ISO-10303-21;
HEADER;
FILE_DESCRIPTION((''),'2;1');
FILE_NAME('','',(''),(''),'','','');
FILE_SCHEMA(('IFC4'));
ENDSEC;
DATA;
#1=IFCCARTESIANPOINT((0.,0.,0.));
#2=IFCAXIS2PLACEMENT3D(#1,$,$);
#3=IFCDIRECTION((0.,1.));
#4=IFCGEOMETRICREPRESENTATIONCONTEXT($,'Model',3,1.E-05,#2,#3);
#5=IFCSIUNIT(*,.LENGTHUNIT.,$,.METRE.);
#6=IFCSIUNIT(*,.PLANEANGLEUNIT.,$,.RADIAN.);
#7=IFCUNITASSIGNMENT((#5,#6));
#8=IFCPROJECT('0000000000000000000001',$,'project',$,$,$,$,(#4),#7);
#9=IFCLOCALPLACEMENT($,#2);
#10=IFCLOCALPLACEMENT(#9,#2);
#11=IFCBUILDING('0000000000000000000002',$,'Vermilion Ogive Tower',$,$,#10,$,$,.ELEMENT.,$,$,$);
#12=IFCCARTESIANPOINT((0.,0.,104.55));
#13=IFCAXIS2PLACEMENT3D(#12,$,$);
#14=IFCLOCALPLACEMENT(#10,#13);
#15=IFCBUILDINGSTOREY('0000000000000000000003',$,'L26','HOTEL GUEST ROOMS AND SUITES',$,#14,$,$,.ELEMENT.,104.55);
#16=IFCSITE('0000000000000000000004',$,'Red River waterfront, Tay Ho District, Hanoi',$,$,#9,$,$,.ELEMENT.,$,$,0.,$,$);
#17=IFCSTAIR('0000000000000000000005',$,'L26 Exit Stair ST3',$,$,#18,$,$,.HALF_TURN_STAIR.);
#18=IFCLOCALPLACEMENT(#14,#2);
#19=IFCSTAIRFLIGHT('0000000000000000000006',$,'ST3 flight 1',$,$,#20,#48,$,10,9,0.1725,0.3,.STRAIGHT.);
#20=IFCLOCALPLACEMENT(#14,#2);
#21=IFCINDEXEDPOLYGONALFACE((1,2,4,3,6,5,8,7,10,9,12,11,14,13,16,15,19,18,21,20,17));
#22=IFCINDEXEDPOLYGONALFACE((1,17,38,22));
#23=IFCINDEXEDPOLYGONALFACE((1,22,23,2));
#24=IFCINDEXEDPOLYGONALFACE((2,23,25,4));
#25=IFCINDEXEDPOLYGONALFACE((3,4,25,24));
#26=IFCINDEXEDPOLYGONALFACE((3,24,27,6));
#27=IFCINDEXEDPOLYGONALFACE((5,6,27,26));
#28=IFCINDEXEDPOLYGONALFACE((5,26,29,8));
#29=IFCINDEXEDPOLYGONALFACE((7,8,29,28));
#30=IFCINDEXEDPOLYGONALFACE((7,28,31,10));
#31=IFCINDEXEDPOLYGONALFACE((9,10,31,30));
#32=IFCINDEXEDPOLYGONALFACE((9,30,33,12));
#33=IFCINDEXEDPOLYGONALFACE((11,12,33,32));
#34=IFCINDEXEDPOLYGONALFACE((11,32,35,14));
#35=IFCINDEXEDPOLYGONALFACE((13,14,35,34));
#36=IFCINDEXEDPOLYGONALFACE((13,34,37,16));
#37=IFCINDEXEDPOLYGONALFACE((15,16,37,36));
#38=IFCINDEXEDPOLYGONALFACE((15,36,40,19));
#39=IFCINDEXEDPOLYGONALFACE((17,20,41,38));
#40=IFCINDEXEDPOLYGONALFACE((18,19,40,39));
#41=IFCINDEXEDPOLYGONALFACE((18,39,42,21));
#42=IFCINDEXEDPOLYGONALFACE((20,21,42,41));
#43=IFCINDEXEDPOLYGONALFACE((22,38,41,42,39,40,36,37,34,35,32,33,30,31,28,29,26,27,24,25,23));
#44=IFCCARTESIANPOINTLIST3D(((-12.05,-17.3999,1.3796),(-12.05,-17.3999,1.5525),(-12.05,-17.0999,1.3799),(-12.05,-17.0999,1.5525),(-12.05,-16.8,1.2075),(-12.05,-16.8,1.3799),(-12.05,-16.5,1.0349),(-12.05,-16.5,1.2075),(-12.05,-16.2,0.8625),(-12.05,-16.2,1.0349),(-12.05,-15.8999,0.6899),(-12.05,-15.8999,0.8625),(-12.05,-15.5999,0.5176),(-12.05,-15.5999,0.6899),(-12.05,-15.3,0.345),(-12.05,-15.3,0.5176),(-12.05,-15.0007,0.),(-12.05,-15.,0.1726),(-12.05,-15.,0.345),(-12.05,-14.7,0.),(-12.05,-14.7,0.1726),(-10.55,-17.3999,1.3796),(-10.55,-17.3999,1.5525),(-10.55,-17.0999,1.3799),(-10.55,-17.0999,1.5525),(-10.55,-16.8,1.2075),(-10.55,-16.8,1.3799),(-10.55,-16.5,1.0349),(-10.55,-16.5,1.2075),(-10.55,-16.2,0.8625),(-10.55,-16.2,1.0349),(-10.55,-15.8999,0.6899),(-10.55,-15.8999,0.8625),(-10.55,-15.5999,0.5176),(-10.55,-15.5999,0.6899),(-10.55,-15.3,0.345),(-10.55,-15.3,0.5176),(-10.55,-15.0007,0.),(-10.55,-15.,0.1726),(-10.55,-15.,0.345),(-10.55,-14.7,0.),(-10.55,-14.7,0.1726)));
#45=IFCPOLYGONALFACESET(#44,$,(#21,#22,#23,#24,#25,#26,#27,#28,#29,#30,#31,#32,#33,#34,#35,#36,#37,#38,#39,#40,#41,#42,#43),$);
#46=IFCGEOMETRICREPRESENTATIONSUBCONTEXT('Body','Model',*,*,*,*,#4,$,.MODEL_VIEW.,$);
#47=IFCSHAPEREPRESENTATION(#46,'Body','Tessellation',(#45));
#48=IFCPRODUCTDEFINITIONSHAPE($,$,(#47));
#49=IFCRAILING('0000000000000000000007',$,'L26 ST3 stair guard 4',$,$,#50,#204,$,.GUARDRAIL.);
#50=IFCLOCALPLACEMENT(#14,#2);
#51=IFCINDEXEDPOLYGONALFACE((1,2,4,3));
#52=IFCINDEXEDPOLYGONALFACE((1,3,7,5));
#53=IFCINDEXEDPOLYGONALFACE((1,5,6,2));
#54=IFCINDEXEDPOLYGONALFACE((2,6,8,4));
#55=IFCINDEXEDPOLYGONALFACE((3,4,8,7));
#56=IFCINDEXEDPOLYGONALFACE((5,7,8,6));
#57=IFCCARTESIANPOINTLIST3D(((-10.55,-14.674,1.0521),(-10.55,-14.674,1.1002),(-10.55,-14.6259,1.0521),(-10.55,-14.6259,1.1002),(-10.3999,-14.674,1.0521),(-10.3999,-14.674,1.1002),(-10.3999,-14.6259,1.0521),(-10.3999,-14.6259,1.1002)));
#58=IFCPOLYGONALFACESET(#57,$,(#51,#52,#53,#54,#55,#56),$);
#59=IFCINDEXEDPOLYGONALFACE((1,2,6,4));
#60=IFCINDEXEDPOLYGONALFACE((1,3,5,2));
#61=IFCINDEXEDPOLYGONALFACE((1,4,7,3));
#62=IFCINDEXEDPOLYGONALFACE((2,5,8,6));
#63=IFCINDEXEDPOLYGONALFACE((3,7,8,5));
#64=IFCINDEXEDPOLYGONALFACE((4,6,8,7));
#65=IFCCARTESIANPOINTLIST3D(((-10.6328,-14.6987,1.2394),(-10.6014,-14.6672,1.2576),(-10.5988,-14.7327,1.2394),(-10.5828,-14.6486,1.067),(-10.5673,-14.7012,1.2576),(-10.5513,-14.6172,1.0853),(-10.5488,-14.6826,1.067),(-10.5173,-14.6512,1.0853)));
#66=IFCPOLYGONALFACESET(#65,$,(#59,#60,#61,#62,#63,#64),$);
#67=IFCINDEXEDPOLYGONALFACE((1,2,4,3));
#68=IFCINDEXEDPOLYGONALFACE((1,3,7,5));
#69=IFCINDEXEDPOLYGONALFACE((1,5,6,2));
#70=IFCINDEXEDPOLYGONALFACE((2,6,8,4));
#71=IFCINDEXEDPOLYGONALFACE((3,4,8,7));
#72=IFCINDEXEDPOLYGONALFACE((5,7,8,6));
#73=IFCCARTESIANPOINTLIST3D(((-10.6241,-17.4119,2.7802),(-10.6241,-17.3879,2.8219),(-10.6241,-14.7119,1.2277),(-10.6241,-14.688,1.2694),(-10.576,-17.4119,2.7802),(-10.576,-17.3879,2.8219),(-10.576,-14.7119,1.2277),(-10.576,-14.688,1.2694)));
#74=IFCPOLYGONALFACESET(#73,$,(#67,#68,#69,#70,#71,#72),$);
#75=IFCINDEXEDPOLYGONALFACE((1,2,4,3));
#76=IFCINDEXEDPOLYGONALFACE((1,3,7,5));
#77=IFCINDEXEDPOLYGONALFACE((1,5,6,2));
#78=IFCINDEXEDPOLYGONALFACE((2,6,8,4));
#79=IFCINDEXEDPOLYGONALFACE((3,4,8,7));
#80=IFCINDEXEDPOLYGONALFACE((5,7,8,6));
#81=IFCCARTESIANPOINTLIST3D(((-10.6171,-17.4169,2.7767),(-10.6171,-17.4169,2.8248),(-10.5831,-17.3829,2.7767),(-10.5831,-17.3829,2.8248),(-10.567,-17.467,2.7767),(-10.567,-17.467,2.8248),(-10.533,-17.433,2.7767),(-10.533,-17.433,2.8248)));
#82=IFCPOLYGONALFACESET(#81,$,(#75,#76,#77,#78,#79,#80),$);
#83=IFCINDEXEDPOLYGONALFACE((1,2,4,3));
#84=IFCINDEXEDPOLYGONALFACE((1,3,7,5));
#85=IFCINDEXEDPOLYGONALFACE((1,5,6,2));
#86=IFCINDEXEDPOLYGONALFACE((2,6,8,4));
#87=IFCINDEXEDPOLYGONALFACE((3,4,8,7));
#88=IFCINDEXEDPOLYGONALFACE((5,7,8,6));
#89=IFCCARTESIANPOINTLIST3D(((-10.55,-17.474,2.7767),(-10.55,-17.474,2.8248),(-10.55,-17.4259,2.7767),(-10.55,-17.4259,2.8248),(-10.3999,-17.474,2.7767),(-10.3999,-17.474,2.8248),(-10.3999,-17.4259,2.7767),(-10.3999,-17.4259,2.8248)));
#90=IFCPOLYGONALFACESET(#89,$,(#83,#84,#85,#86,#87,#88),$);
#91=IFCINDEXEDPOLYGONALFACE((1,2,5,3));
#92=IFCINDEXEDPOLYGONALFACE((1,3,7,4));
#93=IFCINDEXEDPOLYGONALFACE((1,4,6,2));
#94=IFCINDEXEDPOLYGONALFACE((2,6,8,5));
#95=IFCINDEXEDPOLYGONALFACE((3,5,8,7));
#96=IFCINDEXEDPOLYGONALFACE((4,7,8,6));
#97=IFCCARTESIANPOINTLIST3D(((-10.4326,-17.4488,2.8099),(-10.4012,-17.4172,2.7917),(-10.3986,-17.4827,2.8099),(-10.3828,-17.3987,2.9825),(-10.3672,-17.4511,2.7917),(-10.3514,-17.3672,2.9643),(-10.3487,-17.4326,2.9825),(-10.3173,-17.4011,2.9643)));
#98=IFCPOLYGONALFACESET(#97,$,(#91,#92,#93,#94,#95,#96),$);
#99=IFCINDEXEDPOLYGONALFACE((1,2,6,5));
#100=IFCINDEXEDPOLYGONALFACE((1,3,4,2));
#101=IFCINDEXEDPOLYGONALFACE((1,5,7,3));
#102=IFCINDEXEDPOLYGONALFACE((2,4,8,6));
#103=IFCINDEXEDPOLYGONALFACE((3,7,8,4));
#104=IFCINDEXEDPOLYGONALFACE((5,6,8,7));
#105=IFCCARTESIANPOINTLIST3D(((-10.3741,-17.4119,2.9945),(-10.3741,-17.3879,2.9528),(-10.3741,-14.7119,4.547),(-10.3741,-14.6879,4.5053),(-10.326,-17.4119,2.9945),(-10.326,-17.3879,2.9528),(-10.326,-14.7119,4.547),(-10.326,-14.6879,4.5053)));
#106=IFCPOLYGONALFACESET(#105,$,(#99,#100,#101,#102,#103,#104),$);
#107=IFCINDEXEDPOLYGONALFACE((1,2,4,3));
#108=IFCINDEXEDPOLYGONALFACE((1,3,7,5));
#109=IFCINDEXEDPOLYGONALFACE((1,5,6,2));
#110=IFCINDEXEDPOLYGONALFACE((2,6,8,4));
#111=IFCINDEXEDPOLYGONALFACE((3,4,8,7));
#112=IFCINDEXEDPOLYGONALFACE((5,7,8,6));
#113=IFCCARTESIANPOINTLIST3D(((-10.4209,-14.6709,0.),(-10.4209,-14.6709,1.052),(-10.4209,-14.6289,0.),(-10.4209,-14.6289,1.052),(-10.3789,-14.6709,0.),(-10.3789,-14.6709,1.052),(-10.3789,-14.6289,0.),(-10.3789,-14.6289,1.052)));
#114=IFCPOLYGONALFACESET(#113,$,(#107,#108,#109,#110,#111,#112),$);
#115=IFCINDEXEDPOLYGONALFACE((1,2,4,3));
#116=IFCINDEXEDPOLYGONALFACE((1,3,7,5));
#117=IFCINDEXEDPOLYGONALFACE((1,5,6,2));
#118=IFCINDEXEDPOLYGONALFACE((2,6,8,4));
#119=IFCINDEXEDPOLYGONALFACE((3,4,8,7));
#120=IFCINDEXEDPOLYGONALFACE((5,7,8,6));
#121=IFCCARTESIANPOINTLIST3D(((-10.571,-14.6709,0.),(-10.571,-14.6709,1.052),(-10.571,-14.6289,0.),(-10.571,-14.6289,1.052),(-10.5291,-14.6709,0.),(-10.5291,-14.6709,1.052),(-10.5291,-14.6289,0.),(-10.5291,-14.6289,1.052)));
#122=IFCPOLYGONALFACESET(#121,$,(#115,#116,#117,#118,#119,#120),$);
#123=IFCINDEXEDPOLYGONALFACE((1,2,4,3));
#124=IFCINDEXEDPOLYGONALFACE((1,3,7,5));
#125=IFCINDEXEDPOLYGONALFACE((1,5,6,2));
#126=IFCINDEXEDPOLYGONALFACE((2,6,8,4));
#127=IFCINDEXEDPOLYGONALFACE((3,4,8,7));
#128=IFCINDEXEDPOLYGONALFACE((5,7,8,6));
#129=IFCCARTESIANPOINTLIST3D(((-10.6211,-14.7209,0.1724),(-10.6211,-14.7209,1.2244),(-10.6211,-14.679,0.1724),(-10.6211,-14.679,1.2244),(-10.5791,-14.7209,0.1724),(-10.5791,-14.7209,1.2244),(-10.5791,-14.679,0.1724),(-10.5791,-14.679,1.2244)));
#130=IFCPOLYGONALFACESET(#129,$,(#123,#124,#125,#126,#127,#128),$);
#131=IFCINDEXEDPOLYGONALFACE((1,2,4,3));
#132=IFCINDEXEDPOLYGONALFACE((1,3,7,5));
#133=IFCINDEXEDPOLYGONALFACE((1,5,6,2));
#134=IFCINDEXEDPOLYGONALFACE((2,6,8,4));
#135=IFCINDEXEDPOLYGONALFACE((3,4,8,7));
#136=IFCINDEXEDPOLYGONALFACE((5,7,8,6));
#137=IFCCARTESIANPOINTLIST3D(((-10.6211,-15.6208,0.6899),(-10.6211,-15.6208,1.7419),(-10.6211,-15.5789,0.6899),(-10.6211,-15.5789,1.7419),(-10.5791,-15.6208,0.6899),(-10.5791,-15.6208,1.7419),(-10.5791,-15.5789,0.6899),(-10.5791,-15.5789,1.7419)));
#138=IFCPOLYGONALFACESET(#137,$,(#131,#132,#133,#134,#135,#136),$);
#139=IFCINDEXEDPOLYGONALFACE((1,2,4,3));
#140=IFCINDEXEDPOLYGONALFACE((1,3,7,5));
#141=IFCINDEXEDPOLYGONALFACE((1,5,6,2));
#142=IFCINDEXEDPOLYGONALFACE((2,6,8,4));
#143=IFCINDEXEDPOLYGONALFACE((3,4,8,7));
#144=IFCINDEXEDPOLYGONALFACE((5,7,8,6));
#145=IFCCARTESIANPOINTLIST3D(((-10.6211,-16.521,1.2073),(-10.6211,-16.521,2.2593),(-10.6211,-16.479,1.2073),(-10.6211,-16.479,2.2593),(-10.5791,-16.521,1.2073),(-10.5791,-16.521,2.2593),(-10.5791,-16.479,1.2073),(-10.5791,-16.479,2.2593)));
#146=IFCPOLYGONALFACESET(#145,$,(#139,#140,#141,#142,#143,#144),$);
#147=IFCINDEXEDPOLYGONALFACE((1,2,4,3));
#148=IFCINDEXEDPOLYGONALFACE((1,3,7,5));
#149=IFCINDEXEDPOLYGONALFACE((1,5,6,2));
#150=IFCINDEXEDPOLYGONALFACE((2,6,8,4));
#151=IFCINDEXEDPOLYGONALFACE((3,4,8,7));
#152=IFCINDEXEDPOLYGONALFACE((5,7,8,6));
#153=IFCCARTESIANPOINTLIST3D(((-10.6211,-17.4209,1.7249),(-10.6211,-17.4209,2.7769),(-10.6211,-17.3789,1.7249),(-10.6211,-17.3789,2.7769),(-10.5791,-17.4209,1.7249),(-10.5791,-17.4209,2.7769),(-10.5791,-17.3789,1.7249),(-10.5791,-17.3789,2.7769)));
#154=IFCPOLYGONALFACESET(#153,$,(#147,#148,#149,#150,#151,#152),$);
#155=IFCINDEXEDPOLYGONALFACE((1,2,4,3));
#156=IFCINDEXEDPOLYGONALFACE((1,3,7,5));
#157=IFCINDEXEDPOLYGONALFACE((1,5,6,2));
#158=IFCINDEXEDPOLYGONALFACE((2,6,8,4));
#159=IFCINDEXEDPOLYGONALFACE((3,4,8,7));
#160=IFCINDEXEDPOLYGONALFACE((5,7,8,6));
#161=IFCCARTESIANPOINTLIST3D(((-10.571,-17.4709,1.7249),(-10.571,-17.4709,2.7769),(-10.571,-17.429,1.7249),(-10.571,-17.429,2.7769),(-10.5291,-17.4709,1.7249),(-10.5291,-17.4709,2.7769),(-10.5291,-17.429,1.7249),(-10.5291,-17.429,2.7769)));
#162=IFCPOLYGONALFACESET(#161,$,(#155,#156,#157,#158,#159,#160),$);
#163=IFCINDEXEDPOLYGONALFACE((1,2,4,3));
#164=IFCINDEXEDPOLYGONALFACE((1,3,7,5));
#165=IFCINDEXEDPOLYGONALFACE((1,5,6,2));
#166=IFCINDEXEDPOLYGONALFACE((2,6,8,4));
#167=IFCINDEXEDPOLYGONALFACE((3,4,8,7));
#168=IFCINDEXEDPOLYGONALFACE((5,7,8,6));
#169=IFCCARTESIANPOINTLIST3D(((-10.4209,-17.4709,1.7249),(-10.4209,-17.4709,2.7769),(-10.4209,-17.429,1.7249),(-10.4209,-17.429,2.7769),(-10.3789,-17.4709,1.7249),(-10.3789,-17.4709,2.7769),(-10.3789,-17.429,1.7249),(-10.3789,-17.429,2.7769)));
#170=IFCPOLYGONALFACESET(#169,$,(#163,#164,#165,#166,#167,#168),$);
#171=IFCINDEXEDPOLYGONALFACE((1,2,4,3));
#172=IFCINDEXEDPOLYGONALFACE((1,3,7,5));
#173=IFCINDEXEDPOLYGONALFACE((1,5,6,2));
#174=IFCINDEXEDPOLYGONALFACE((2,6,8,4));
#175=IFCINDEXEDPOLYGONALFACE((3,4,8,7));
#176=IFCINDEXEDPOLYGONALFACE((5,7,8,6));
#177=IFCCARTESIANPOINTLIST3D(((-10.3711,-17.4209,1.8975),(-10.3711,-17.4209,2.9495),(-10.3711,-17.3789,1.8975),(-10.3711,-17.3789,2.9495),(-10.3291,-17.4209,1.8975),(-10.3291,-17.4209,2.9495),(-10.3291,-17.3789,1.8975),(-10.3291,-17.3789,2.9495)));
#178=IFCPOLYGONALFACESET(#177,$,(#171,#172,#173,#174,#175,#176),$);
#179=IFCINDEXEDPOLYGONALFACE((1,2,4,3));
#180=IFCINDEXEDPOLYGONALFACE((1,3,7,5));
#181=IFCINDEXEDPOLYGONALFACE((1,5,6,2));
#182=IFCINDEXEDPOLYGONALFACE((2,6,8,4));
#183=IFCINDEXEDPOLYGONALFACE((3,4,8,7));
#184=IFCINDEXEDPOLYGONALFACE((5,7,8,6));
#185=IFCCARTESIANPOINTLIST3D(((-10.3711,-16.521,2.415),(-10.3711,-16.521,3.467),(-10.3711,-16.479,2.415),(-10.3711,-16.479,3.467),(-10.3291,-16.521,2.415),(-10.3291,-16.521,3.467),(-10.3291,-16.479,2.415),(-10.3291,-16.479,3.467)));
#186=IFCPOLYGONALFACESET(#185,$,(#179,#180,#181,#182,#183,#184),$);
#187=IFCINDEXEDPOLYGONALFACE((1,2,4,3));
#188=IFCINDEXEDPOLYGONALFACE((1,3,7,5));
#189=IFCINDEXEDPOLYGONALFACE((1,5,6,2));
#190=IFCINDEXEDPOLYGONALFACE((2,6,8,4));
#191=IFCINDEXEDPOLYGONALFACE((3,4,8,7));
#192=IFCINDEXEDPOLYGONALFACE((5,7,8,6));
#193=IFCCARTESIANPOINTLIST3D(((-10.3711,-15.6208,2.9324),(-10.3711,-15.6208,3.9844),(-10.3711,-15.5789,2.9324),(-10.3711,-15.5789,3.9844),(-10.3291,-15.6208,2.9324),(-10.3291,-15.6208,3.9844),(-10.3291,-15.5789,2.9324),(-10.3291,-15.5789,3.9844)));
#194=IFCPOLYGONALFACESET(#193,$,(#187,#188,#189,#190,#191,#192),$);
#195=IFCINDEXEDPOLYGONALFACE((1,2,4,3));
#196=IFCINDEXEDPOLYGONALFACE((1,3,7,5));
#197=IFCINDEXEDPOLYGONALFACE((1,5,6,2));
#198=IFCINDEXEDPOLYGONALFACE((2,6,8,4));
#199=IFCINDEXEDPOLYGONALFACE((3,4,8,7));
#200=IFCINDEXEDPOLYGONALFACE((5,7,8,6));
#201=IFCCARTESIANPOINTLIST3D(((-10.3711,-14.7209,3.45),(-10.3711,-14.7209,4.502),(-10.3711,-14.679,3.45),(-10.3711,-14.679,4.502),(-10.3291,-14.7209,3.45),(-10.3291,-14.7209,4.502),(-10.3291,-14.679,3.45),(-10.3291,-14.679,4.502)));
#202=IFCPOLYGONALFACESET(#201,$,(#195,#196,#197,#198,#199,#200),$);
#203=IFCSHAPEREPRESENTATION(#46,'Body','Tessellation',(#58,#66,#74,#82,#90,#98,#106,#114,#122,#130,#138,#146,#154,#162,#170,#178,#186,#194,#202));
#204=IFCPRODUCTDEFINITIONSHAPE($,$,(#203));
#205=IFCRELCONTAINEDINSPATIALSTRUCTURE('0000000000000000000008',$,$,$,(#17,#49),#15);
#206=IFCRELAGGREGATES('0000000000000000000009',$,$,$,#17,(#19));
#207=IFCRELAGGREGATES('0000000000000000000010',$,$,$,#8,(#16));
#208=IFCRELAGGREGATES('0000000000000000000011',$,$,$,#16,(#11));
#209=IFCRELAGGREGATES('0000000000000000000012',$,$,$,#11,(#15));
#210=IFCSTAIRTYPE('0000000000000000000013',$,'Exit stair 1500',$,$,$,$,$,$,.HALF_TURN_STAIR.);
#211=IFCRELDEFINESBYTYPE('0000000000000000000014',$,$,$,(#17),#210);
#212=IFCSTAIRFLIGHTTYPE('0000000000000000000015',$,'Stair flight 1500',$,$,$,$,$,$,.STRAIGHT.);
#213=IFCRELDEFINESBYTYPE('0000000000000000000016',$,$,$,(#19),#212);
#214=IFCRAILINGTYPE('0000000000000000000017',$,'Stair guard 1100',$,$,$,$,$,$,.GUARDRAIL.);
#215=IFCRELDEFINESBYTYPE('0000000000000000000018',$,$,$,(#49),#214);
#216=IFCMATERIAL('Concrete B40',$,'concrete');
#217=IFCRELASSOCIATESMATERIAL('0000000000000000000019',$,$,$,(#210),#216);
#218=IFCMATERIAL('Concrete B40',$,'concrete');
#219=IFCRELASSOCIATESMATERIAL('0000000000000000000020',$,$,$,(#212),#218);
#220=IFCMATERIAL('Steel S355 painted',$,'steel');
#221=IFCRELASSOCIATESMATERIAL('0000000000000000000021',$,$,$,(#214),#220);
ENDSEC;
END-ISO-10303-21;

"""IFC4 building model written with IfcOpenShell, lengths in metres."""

from ifc_helpers import new_model, si_unit, direction, frame, origin, origin_2d, place, context, subcontext, project, spatial, polyline, rectangle, outline, extrude, material, type_object, element, aggregate, save


model = new_model("IFC4")

# Units and contexts
model_context = context("Model", 3, precision=1e-05, world=origin(), true_north=direction((0.0, 1.0)))
body_context = subcontext(model_context, "Body", "Model", "MODEL_VIEW")
ifc_project = project(units=[si_unit("LENGTHUNIT", "METRE"), si_unit("PLANEANGLEUNIT", "RADIAN")], contexts=[model_context])

# Site, building, storey
site_placement = place(None, origin())
site = spatial("IfcSite", under=ifc_project, at=site_placement, Name="Red River waterfront, Tay Ho District, Hanoi", CompositionType="ELEMENT", RefElevation=0.0)
building_placement = place(site_placement, origin())
building = spatial("IfcBuilding", under=site, at=building_placement, Name="Vermilion Ogive Tower", CompositionType="ELEMENT")
storey_placement = place(building_placement, frame((0.0, 0.0, 104.55)))
storey = spatial("IfcBuildingStorey", under=building, at=storey_placement, Name="L26", Description="HOTEL GUEST ROOMS AND SUITES", CompositionType="ELEMENT", Elevation=104.55)

# Stair, stair flight
ifc_material_1 = material(Name="Concrete B40", Category="concrete")
stair_type = type_object("IfcStairType", Name="Exit stair 1500", PredefinedType="HALF_TURN_STAIR", material=ifc_material_1)
stair_placement = place(storey_placement, origin())
stair = element("IfcStair", 1, at=stair_placement, inside=storey, type_object=stair_type, Name="L26 Exit Stair ST3", PredefinedType="HALF_TURN_STAIR")
ifc_material_2 = material(Name="Concrete B40", Category="concrete")
stair_flight_type = type_object("IfcStairFlightType", Name="Stair flight 1500", PredefinedType="STRAIGHT", material=ifc_material_2)
stair_flight_placement = place(storey_placement, frame((-11.3, -14.7, 0.0), z_axis=(0.0, 0.0, 1.0), x_axis=(0.0, -1.0, 0.0)))
stair_flight = element("IfcStairFlight", 2, at=stair_flight_placement, type_object=stair_flight_type, Name="ST3 flight 1", NumberOfRisers=10, NumberOfTreads=9, PredefinedType="STRAIGHT", RiserHeight=0.1725, TreadLength=0.3, context=body_context, shape_type="SweptSolid", body=[
    extrude(outline(polyline([(0.0, 0.0), (0.0, 0.1726), (0.3, 0.1726), (0.3, 0.345), (0.6001, 0.345), (0.6001, 0.5176), (0.8999, 0.5176), (0.8999, 0.6899), (1.2, 0.6899), (1.2, 0.8625), (1.5, 0.8625), (1.5, 1.0349), (1.8, 1.0349), (1.8, 1.2075), (2.1001, 1.2075), (2.1001, 1.3799), (2.3999, 1.3799), (2.3999, 1.5525), (2.7, 1.5525), (2.7, 1.7251), (2.7, 1.3796), (0.3008, 0.0), (0.0, 0.0)])), frame((0.0, 0.75, 0.0), z_axis=(0.0, -1.0, 0.0), x_axis=(1.0, 0.0, 0.0)), (0.0, 0.0, 1.0), 1.5),
])
aggregate(stair, [stair_flight])

# Railing
ifc_material_3 = material(Name="Steel S355 painted", Category="steel")
railing_type_1 = type_object("IfcRailingType", Name="Stair guard 1100", PredefinedType="GUARDRAIL", material=ifc_material_3)
railing_1_placement = place(storey_placement, frame((-10.3999, -14.6499, 0.0)))
element("IfcRailing", 3, at=railing_1_placement, inside=storey, type_object=railing_type_1, Name="L26 ST3 stair guard 4", PredefinedType="GUARDRAIL", context=body_context, shape_type="SweptSolid", body=[
    extrude(rectangle(XDim=0.0481, YDim=0.0481, at=origin_2d()), frame((0.0, 0.0, 1.0762), z_axis=(-1.0, 0.0, 0.0), x_axis=(0.0, -1.0, 0.0)), (0.0, 0.0, 1.0), 0.1501),
    extrude(rectangle(XDim=0.0481, YDim=0.0481, at=origin_2d()), frame((-0.1501, 0.0, 1.0762), z_axis=(-0.268603, -0.268603, 0.925043), x_axis=(0.707107, -0.707107, 0.0)), (0.0, 0.0, 1.0), 0.1863),
    extrude(rectangle(XDim=0.0481, YDim=0.0481, at=origin_2d()), frame((-0.2002, -0.05, 1.2485), z_axis=(0.0, -0.866904, 0.498476), x_axis=(1.0, 0.0, 0.0)), (0.0, 0.0, 1.0), 3.1145),
    extrude(rectangle(XDim=0.0481, YDim=0.0481, at=origin_2d()), frame((-0.2002, -2.75, 2.8008), z_axis=(0.707107, -0.707107, 0.0), x_axis=(0.707107, 0.707107, 0.0)), (0.0, 0.0, 1.0), 0.0708),
    extrude(rectangle(XDim=0.0481, YDim=0.0481, at=origin_2d()), frame((-0.1501, -2.8, 2.8008), z_axis=(1.0, 0.0, 0.0), x_axis=(0.0, 1.0, 0.0)), (0.0, 0.0, 1.0), 0.1501),
    extrude(rectangle(XDim=0.0481, YDim=0.0481, at=origin_2d()), frame((0.0, -2.8, 2.8008), z_axis=(0.267063, 0.268372, 0.925556), x_axis=(-0.708834, 0.705376, 0.0)), (0.0, 0.0, 1.0), 0.1865),
    extrude(rectangle(XDim=0.0481, YDim=0.0481, at=origin_2d()), frame((0.0498, -2.75, 2.9736), z_axis=(0.0, 0.866904, 0.498476), x_axis=(-1.0, 0.0, 0.0)), (0.0, 0.0, 1.0), 3.1145),
    extrude(rectangle(XDim=0.042, YDim=0.042, at=origin_2d()), origin(), (0.0, 0.0, 1.0), 1.052),
    extrude(rectangle(XDim=0.042, YDim=0.042, at=origin_2d()), frame((-0.1501, 0.0, 0.0)), (0.0, 0.0, 1.0), 1.052),
    extrude(rectangle(XDim=0.042, YDim=0.042, at=origin_2d()), frame((-0.2002, -0.05, 0.1724)), (0.0, 0.0, 1.0), 1.052),
    extrude(rectangle(XDim=0.042, YDim=0.042, at=origin_2d()), frame((-0.2002, -0.95, 0.6899)), (0.0, 0.0, 1.0), 1.052),
    extrude(rectangle(XDim=0.042, YDim=0.042, at=origin_2d()), frame((-0.2002, -1.8501, 1.2073)), (0.0, 0.0, 1.0), 1.052),
    extrude(rectangle(XDim=0.042, YDim=0.042, at=origin_2d()), frame((-0.2002, -2.75, 1.7249)), (0.0, 0.0, 1.0), 1.052),
    extrude(rectangle(XDim=0.042, YDim=0.042, at=origin_2d()), frame((-0.1501, -2.8, 1.7249)), (0.0, 0.0, 1.0), 1.052),
    extrude(rectangle(XDim=0.042, YDim=0.042, at=origin_2d()), frame((0.0, -2.8, 1.7249)), (0.0, 0.0, 1.0), 1.052),
    extrude(rectangle(XDim=0.042, YDim=0.042, at=origin_2d()), frame((0.0498, -2.75, 1.8975)), (0.0, 0.0, 1.0), 1.052),
    extrude(rectangle(XDim=0.042, YDim=0.042, at=origin_2d()), frame((0.0498, -1.8501, 2.415)), (0.0, 0.0, 1.0), 1.052),
    extrude(rectangle(XDim=0.042, YDim=0.042, at=origin_2d()), frame((0.0498, -0.95, 2.9324)), (0.0, 0.0, 1.0), 1.052),
    extrude(rectangle(XDim=0.042, YDim=0.042, at=origin_2d()), frame((0.0498, -0.05, 3.45)), (0.0, 0.0, 1.0), 1.052),
])

save(model, "model.ifc")
